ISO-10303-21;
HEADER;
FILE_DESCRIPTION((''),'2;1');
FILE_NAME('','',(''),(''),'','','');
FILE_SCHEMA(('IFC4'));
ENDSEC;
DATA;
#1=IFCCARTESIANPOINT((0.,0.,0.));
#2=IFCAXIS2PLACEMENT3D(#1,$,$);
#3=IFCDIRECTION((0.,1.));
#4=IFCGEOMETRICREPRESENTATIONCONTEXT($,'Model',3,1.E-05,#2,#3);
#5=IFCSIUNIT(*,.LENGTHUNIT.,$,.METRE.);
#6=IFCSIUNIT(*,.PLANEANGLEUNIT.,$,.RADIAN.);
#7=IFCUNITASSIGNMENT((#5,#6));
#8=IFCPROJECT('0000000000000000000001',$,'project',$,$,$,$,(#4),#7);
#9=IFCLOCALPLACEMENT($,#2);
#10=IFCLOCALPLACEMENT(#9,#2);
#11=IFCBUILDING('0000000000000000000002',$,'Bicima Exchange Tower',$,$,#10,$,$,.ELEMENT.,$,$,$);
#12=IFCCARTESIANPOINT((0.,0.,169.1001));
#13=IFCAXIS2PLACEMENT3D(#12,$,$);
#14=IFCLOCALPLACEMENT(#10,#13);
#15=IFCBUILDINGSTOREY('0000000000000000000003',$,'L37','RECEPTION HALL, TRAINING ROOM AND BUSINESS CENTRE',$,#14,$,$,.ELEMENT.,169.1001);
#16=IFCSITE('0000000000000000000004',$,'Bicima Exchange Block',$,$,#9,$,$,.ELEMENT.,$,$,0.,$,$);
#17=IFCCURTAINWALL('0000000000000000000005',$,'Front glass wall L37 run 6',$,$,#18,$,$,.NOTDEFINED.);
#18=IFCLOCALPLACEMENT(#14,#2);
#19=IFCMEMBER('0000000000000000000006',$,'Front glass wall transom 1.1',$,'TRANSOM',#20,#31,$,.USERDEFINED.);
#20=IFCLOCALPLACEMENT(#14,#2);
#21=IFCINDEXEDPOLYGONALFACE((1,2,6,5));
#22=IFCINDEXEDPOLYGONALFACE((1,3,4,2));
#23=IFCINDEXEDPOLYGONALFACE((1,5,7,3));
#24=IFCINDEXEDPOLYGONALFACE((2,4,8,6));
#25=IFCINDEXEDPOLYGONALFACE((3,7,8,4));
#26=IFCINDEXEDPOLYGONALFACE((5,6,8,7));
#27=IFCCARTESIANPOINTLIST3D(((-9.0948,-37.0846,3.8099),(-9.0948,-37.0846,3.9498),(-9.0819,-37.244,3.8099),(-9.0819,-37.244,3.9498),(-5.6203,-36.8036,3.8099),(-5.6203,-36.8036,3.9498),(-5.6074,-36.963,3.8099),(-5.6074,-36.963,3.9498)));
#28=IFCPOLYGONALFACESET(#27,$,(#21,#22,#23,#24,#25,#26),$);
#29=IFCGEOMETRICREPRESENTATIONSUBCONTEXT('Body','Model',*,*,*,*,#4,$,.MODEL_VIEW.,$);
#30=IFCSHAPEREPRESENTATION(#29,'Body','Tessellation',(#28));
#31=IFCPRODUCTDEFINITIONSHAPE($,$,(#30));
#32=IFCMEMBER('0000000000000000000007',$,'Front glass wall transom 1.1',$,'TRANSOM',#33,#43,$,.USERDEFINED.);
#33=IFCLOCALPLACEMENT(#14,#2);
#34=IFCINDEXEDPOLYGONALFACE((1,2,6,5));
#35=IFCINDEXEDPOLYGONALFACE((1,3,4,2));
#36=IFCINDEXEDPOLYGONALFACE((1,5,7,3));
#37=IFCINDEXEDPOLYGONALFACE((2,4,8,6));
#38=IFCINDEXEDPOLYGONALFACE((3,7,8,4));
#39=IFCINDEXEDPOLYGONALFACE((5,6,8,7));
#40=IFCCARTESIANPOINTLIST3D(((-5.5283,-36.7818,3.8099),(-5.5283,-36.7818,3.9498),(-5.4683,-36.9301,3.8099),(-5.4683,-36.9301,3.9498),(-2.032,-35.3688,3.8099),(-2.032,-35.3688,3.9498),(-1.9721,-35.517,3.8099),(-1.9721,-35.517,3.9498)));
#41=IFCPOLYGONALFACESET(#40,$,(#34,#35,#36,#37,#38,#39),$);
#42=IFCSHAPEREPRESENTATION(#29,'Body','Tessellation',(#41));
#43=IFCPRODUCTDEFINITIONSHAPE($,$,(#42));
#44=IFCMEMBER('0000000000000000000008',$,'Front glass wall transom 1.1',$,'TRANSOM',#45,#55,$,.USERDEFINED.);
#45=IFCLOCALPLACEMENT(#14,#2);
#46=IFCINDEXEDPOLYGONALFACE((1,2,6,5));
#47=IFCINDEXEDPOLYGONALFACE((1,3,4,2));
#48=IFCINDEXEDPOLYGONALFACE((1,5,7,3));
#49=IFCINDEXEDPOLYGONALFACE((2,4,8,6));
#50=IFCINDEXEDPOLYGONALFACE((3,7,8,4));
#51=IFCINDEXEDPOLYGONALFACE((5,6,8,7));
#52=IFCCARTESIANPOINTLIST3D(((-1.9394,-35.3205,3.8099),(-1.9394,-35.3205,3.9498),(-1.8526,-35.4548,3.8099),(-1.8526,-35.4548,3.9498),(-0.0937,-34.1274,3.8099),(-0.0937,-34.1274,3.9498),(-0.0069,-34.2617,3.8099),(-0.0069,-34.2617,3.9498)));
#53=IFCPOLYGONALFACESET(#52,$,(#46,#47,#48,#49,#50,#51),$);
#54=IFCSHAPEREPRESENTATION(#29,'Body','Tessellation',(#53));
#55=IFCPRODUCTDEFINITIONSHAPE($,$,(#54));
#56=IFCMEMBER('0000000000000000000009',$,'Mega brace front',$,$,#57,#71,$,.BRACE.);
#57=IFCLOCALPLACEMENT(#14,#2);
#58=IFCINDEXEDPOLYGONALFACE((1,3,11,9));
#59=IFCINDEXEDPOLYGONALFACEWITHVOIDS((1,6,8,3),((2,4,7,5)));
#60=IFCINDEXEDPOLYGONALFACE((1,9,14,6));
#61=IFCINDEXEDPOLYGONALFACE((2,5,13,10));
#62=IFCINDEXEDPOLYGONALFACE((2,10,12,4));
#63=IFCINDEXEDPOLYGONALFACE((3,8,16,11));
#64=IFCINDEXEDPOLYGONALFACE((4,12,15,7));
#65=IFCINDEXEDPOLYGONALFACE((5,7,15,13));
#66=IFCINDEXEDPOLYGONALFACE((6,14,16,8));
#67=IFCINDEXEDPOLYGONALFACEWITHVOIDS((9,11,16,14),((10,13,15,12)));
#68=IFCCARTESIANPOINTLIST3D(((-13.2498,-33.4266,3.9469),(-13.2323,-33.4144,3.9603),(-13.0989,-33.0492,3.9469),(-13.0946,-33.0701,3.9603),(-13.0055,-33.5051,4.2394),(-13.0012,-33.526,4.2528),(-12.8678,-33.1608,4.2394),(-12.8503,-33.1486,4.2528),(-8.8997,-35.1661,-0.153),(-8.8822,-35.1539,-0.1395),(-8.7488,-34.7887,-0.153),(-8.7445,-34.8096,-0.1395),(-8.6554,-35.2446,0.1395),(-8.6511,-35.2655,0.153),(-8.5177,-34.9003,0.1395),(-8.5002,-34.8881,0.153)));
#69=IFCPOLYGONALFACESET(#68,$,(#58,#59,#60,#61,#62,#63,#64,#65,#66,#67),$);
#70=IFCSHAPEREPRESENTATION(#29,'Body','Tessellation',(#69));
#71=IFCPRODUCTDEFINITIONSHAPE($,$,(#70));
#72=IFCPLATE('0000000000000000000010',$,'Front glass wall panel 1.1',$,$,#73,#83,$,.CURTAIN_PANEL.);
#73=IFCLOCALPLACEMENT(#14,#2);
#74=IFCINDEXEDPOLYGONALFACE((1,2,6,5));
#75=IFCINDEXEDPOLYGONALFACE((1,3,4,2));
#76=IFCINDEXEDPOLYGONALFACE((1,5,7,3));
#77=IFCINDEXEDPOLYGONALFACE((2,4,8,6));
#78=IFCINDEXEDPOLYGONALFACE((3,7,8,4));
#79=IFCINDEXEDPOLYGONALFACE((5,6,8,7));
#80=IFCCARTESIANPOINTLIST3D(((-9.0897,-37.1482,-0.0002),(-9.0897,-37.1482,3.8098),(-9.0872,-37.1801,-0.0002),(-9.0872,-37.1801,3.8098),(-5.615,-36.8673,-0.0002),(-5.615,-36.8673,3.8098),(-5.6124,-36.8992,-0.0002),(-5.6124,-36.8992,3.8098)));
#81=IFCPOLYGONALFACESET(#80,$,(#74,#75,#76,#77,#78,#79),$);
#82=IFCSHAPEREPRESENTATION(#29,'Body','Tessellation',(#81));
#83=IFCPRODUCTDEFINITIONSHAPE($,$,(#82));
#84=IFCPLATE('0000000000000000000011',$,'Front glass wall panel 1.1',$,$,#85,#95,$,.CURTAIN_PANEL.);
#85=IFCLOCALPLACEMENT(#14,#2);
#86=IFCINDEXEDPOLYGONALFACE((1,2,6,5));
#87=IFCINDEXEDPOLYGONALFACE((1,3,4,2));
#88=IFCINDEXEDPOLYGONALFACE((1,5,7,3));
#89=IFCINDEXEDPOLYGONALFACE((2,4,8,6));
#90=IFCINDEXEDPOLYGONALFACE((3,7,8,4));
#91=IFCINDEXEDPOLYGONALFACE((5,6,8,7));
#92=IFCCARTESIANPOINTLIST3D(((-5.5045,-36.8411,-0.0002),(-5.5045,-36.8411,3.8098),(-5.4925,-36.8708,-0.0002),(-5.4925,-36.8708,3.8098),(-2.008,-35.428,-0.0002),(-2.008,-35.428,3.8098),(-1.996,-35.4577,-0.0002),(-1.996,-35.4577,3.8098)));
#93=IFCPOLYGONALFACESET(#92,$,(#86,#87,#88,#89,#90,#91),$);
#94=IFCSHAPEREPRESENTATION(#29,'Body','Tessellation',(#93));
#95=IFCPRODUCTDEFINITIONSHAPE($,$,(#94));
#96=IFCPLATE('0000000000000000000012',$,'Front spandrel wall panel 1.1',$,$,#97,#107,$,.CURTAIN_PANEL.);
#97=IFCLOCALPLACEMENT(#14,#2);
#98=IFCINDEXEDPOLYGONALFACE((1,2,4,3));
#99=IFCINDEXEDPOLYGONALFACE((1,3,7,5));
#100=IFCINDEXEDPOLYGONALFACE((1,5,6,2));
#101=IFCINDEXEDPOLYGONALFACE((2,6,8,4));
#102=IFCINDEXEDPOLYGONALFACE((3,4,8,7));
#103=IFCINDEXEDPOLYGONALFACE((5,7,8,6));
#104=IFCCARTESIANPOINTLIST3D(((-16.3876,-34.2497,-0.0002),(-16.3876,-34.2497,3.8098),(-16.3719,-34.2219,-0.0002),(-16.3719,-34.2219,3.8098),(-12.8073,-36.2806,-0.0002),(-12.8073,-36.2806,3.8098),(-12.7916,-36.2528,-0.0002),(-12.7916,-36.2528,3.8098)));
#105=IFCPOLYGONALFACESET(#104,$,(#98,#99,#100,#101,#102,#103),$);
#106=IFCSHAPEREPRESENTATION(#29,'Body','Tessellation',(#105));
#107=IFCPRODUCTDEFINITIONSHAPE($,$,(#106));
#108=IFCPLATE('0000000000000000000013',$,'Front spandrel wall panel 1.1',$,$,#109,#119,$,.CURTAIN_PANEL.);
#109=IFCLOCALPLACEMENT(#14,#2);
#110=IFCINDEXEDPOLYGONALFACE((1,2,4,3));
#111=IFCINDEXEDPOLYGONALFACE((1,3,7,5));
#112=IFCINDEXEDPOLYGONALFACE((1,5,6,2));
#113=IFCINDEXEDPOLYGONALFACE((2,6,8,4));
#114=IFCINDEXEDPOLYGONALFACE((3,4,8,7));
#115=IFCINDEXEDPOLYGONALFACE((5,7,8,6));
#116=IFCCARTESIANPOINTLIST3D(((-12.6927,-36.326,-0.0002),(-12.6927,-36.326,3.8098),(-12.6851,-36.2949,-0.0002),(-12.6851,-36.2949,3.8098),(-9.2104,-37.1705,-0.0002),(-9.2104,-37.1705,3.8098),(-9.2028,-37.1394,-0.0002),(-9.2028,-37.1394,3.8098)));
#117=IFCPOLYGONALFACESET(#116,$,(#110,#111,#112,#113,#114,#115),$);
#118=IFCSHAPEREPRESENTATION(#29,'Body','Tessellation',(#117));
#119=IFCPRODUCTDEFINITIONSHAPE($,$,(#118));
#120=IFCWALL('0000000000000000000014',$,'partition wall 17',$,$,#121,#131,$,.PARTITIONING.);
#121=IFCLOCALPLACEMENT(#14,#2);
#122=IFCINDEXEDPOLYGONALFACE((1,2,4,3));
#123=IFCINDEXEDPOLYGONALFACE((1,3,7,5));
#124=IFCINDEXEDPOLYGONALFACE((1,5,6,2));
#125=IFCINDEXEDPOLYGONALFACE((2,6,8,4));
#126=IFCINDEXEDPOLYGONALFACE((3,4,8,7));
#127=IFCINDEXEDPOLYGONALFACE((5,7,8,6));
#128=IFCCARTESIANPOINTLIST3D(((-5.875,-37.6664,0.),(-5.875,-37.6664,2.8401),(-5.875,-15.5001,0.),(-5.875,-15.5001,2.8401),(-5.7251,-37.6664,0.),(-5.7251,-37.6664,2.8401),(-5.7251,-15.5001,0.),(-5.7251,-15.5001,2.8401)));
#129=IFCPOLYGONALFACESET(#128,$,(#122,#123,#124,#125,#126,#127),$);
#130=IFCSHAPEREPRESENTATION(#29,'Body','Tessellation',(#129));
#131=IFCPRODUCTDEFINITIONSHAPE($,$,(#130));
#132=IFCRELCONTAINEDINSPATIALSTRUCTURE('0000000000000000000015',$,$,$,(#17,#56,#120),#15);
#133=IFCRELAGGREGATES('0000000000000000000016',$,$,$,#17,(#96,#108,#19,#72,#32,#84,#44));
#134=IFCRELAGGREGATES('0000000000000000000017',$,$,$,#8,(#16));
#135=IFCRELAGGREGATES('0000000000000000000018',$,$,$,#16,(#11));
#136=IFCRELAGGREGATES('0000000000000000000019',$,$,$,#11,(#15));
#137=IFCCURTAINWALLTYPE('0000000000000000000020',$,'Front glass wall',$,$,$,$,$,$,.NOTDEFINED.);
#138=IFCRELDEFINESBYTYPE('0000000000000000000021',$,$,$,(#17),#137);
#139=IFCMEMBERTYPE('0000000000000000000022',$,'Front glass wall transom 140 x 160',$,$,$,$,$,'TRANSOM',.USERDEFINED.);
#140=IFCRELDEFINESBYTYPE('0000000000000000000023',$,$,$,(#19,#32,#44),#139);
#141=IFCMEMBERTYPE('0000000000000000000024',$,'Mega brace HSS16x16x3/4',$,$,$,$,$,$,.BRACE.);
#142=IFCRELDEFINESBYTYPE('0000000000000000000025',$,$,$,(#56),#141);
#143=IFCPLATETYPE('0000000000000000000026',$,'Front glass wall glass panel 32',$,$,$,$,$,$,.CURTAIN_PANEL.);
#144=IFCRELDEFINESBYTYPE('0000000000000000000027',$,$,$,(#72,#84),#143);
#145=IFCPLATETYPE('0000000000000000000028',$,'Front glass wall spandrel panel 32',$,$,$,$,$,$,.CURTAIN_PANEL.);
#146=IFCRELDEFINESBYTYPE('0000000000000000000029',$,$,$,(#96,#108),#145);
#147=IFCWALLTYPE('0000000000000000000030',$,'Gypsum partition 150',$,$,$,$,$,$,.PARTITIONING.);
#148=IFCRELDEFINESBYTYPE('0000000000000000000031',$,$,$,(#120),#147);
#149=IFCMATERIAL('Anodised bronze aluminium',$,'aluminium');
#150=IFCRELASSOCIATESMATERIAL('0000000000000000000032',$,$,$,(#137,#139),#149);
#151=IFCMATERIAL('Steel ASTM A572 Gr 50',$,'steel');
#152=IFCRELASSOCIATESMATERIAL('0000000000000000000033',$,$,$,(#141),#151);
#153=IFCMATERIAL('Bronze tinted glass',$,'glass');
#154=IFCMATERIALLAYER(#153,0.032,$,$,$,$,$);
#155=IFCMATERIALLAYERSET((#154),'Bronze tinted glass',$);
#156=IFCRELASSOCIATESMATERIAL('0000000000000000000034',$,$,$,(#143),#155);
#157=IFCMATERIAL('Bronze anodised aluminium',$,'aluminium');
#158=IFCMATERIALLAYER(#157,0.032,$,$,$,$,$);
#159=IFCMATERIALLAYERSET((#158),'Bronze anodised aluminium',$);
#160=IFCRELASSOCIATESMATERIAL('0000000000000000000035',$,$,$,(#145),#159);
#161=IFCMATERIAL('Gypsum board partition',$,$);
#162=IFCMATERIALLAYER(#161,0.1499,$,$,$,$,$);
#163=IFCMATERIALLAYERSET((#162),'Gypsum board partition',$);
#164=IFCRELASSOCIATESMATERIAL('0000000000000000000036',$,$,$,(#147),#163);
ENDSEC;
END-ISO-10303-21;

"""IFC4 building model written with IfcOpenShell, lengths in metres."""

from ifc_helpers import new_model, si_unit, direction, frame, frame_2d, origin, origin_2d, place, context, subcontext, project, spatial, rectangle, hollow_rectangle, extrude, material, layer, layer_set, material_profile, profile_set, type_object, element, aggregate, save


model = new_model("IFC4")

# Units and contexts
model_context = context("Model", 3, precision=1e-05, world=origin(), true_north=direction((0.0, 1.0)))
body_context = subcontext(model_context, "Body", "Model", "MODEL_VIEW")
ifc_project = project(units=[si_unit("LENGTHUNIT", "METRE"), si_unit("PLANEANGLEUNIT", "RADIAN")], contexts=[model_context])

# Site, building, storey
site_placement = place(None, origin())
site = spatial("IfcSite", under=ifc_project, at=site_placement, Name="Bicima Exchange Block", CompositionType="ELEMENT", RefElevation=0.0)
building_placement = place(site_placement, origin())
building = spatial("IfcBuilding", under=site, at=building_placement, Name="Bicima Exchange Tower", CompositionType="ELEMENT")
storey_placement = place(building_placement, frame((0.0, 0.0, 169.1001)))
storey = spatial("IfcBuildingStorey", under=building, at=storey_placement, Name="L37", Description="RECEPTION HALL, TRAINING ROOM AND BUSINESS CENTRE", CompositionType="ELEMENT", Elevation=169.1001)

# Shared definitions
ifc_material_1 = material(Name="Steel ASTM A572 Gr 50", Category="steel")

# Curtain wall, members
ifc_material_2 = material(Name="Anodised bronze aluminium", Category="aluminium")
curtain_wall_type = type_object("IfcCurtainWallType", Name="Front glass wall", PredefinedType="NOTDEFINED", material=ifc_material_2)
curtain_wall_placement = place(storey_placement, origin())
curtain_wall = element("IfcCurtainWall", 1, at=curtain_wall_placement, inside=storey, type_object=curtain_wall_type, Name="Front glass wall L37 run 6", PredefinedType="NOTDEFINED")
ifc_material_profile_1 = material_profile(ifc_material_2, rectangle(XDim=0.1599, YDim=0.1399, at=origin_2d()))
ifc_profile_set_1 = profile_set([ifc_material_profile_1], Name="Anodised bronze aluminium")
member_type_1 = type_object("IfcMemberType", Name="Front glass wall transom 140 x 160", ElementType="TRANSOM", PredefinedType="USERDEFINED", material=ifc_profile_set_1)
member_1_placement = place(storey_placement, frame((-9.0884, -37.1643, 3.8799), z_axis=(0.996746, 0.080611, 0.0), x_axis=(-0.080611, 0.996746, 0.0)))
member_1 = element("IfcMember", 2, at=member_1_placement, type_object=member_type_1, Name="Front glass wall transom 1.1", ObjectType="TRANSOM", PredefinedType="USERDEFINED", context=body_context, shape_type="SweptSolid", body=[
    extrude(rectangle(XDim=0.1599, YDim=0.1399, at=origin_2d()), origin(), (0.0, 0.0, 1.0), 3.4858),
])
member_2_placement = place(storey_placement, frame((-5.4983, -36.856, 3.8799), z_axis=(0.92714, 0.374715, 0.0), x_axis=(-0.374715, 0.92714, 0.0)))
member_2 = element("IfcMember", 3, at=member_2_placement, type_object=member_type_1, Name="Front glass wall transom 1.1", ObjectType="TRANSOM", PredefinedType="USERDEFINED", context=body_context, shape_type="SweptSolid", body=[
    extrude(rectangle(XDim=0.1599, YDim=0.1399, at=origin_2d()), origin(), (0.0, 0.0, 1.0), 3.771),
])
member_3_placement = place(storey_placement, frame((-1.896, -35.3877, 3.8799), z_axis=(0.839811, 0.542878, 0.0), x_axis=(-0.542878, 0.839811, 0.0)))
member_3 = element("IfcMember", 4, at=member_3_placement, type_object=member_type_1, Name="Front glass wall transom 1.1", ObjectType="TRANSOM", PredefinedType="USERDEFINED", context=body_context, shape_type="SweptSolid", body=[
    extrude(rectangle(XDim=0.1599, YDim=0.1399, at=origin_2d()), origin(), (0.0, 0.0, 1.0), 2.1978),
])

# Member
ifc_material_profile_2 = material_profile(ifc_material_1, hollow_rectangle(XDim=0.4065, YDim=0.4065, WallThickness=0.0178, at=origin_2d()))
ifc_profile_set_2 = profile_set([ifc_material_profile_2], Name="Steel ASTM A572 Gr 50")
member_type_2 = type_object("IfcMemberType", Name="Mega brace HSS16x16x3/4", PredefinedType="BRACE", material=ifc_profile_set_2)
member_4_placement = place(storey_placement, frame((-8.7, -35.0271, 0.0), z_axis=(-0.698744, 0.279411, 0.658548), x_axis=(-0.371292, -0.928516, 0.0)))
element("IfcMember", 5, at=member_4_placement, inside=storey, type_object=member_type_2, Name="Mega brace front", PredefinedType="BRACE", context=body_context, shape_type="SweptSolid", body=[
    extrude(hollow_rectangle(XDim=0.4065, YDim=0.4065, WallThickness=0.0178, at=origin_2d()), origin(), (0.0, 0.0, 1.0), 6.2256),
])

# Plates
ifc_material_3 = material(Name="Bronze tinted glass", Category="glass")
ifc_layer_1 = layer(ifc_material_3, 0.032)
ifc_layer_set_1 = layer_set([ifc_layer_1], Name="Bronze tinted glass")
plate_type_1 = type_object("IfcPlateType", Name="Front glass wall glass panel 32", PredefinedType="CURTAIN_PANEL", material=ifc_layer_set_1)
plate_1_placement = place(storey_placement, frame((-7.3511, -37.0237, -0.0002), z_axis=(0.0, 0.0, 1.0), x_axis=(0.996747, 0.080589, 0.0)))
plate_1 = element("IfcPlate", 6, at=plate_1_placement, type_object=plate_type_1, Name="Front glass wall panel 1.1", PredefinedType="CURTAIN_PANEL", context=body_context, shape_type="SweptSolid", body=[
    extrude(rectangle(XDim=3.4861, YDim=0.032, at=origin_2d()), origin(), (0.0, 0.0, 1.0), 3.8101),
])
plate_2_placement = place(storey_placement, frame((-3.7502, -36.1494, -0.0002), z_axis=(0.0, 0.0, 1.0), x_axis=(0.927144, 0.374705, 0.0)))
plate_2 = element("IfcPlate", 7, at=plate_2_placement, type_object=plate_type_1, Name="Front glass wall panel 1.1", PredefinedType="CURTAIN_PANEL", context=body_context, shape_type="SweptSolid", body=[
    extrude(rectangle(XDim=3.7712, YDim=0.032, at=origin_2d()), origin(), (0.0, 0.0, 1.0), 3.8101),
])
ifc_material_4 = material(Name="Bronze anodised aluminium", Category="aluminium")
ifc_layer_2 = layer(ifc_material_4, 0.032)
ifc_layer_set_2 = layer_set([ifc_layer_2], Name="Bronze anodised aluminium")
plate_type_2 = type_object("IfcPlateType", Name="Front glass wall spandrel panel 32", PredefinedType="CURTAIN_PANEL", material=ifc_layer_set_2)
plate_3_placement = place(storey_placement, frame((-14.5896, -35.2512, -0.0002), z_axis=(0.0, 0.0, 1.0), x_axis=(0.869805, -0.493395, 0.0)))
plate_3 = element("IfcPlate", 8, at=plate_3_placement, type_object=plate_type_2, Name="Front spandrel wall panel 1.1", PredefinedType="CURTAIN_PANEL", context=body_context, shape_type="SweptSolid", body=[
    extrude(rectangle(XDim=4.1162, YDim=0.032, at=origin_2d()), origin(), (0.0, 0.0, 1.0), 3.8101),
])
plate_4_placement = place(storey_placement, frame((-10.9478, -36.7327, -0.0002), z_axis=(0.0, 0.0, 1.0), x_axis=(0.97183, -0.235682, 0.0)))
plate_4 = element("IfcPlate", 9, at=plate_4_placement, type_object=plate_type_2, Name="Front spandrel wall panel 1.1", PredefinedType="CURTAIN_PANEL", context=body_context, shape_type="SweptSolid", body=[
    extrude(rectangle(XDim=3.5833, YDim=0.032, at=origin_2d()), origin(), (0.0, 0.0, 1.0), 3.8101),
])
aggregate(curtain_wall, [plate_3, plate_4, member_1, plate_1, member_2, plate_2, member_3])

# Wall
ifc_material_5 = material(Name="Gypsum board partition")
ifc_layer_3 = layer(ifc_material_5, 0.1499)
ifc_layer_set_3 = layer_set([ifc_layer_3], Name="Gypsum board partition")
wall_type = type_object("IfcWallType", Name="Gypsum partition 150", PredefinedType="PARTITIONING", material=ifc_layer_set_3)
wall_placement = place(storey_placement, frame((-5.8, -37.6663, 0.0), z_axis=(0.0, 0.0, 1.0), x_axis=(0.0, 1.0, 0.0)))
element("IfcWall", 10, at=wall_placement, inside=storey, type_object=wall_type, Name="partition wall 17", PredefinedType="PARTITIONING", context=body_context, shape_type="SweptSolid", body=[
    extrude(rectangle(XDim=22.1663, YDim=0.1499, at=frame_2d((11.083, 0.0))), origin(), (0.0, 0.0, 1.0), 2.8401),
])

save(model, "model.ifc")
